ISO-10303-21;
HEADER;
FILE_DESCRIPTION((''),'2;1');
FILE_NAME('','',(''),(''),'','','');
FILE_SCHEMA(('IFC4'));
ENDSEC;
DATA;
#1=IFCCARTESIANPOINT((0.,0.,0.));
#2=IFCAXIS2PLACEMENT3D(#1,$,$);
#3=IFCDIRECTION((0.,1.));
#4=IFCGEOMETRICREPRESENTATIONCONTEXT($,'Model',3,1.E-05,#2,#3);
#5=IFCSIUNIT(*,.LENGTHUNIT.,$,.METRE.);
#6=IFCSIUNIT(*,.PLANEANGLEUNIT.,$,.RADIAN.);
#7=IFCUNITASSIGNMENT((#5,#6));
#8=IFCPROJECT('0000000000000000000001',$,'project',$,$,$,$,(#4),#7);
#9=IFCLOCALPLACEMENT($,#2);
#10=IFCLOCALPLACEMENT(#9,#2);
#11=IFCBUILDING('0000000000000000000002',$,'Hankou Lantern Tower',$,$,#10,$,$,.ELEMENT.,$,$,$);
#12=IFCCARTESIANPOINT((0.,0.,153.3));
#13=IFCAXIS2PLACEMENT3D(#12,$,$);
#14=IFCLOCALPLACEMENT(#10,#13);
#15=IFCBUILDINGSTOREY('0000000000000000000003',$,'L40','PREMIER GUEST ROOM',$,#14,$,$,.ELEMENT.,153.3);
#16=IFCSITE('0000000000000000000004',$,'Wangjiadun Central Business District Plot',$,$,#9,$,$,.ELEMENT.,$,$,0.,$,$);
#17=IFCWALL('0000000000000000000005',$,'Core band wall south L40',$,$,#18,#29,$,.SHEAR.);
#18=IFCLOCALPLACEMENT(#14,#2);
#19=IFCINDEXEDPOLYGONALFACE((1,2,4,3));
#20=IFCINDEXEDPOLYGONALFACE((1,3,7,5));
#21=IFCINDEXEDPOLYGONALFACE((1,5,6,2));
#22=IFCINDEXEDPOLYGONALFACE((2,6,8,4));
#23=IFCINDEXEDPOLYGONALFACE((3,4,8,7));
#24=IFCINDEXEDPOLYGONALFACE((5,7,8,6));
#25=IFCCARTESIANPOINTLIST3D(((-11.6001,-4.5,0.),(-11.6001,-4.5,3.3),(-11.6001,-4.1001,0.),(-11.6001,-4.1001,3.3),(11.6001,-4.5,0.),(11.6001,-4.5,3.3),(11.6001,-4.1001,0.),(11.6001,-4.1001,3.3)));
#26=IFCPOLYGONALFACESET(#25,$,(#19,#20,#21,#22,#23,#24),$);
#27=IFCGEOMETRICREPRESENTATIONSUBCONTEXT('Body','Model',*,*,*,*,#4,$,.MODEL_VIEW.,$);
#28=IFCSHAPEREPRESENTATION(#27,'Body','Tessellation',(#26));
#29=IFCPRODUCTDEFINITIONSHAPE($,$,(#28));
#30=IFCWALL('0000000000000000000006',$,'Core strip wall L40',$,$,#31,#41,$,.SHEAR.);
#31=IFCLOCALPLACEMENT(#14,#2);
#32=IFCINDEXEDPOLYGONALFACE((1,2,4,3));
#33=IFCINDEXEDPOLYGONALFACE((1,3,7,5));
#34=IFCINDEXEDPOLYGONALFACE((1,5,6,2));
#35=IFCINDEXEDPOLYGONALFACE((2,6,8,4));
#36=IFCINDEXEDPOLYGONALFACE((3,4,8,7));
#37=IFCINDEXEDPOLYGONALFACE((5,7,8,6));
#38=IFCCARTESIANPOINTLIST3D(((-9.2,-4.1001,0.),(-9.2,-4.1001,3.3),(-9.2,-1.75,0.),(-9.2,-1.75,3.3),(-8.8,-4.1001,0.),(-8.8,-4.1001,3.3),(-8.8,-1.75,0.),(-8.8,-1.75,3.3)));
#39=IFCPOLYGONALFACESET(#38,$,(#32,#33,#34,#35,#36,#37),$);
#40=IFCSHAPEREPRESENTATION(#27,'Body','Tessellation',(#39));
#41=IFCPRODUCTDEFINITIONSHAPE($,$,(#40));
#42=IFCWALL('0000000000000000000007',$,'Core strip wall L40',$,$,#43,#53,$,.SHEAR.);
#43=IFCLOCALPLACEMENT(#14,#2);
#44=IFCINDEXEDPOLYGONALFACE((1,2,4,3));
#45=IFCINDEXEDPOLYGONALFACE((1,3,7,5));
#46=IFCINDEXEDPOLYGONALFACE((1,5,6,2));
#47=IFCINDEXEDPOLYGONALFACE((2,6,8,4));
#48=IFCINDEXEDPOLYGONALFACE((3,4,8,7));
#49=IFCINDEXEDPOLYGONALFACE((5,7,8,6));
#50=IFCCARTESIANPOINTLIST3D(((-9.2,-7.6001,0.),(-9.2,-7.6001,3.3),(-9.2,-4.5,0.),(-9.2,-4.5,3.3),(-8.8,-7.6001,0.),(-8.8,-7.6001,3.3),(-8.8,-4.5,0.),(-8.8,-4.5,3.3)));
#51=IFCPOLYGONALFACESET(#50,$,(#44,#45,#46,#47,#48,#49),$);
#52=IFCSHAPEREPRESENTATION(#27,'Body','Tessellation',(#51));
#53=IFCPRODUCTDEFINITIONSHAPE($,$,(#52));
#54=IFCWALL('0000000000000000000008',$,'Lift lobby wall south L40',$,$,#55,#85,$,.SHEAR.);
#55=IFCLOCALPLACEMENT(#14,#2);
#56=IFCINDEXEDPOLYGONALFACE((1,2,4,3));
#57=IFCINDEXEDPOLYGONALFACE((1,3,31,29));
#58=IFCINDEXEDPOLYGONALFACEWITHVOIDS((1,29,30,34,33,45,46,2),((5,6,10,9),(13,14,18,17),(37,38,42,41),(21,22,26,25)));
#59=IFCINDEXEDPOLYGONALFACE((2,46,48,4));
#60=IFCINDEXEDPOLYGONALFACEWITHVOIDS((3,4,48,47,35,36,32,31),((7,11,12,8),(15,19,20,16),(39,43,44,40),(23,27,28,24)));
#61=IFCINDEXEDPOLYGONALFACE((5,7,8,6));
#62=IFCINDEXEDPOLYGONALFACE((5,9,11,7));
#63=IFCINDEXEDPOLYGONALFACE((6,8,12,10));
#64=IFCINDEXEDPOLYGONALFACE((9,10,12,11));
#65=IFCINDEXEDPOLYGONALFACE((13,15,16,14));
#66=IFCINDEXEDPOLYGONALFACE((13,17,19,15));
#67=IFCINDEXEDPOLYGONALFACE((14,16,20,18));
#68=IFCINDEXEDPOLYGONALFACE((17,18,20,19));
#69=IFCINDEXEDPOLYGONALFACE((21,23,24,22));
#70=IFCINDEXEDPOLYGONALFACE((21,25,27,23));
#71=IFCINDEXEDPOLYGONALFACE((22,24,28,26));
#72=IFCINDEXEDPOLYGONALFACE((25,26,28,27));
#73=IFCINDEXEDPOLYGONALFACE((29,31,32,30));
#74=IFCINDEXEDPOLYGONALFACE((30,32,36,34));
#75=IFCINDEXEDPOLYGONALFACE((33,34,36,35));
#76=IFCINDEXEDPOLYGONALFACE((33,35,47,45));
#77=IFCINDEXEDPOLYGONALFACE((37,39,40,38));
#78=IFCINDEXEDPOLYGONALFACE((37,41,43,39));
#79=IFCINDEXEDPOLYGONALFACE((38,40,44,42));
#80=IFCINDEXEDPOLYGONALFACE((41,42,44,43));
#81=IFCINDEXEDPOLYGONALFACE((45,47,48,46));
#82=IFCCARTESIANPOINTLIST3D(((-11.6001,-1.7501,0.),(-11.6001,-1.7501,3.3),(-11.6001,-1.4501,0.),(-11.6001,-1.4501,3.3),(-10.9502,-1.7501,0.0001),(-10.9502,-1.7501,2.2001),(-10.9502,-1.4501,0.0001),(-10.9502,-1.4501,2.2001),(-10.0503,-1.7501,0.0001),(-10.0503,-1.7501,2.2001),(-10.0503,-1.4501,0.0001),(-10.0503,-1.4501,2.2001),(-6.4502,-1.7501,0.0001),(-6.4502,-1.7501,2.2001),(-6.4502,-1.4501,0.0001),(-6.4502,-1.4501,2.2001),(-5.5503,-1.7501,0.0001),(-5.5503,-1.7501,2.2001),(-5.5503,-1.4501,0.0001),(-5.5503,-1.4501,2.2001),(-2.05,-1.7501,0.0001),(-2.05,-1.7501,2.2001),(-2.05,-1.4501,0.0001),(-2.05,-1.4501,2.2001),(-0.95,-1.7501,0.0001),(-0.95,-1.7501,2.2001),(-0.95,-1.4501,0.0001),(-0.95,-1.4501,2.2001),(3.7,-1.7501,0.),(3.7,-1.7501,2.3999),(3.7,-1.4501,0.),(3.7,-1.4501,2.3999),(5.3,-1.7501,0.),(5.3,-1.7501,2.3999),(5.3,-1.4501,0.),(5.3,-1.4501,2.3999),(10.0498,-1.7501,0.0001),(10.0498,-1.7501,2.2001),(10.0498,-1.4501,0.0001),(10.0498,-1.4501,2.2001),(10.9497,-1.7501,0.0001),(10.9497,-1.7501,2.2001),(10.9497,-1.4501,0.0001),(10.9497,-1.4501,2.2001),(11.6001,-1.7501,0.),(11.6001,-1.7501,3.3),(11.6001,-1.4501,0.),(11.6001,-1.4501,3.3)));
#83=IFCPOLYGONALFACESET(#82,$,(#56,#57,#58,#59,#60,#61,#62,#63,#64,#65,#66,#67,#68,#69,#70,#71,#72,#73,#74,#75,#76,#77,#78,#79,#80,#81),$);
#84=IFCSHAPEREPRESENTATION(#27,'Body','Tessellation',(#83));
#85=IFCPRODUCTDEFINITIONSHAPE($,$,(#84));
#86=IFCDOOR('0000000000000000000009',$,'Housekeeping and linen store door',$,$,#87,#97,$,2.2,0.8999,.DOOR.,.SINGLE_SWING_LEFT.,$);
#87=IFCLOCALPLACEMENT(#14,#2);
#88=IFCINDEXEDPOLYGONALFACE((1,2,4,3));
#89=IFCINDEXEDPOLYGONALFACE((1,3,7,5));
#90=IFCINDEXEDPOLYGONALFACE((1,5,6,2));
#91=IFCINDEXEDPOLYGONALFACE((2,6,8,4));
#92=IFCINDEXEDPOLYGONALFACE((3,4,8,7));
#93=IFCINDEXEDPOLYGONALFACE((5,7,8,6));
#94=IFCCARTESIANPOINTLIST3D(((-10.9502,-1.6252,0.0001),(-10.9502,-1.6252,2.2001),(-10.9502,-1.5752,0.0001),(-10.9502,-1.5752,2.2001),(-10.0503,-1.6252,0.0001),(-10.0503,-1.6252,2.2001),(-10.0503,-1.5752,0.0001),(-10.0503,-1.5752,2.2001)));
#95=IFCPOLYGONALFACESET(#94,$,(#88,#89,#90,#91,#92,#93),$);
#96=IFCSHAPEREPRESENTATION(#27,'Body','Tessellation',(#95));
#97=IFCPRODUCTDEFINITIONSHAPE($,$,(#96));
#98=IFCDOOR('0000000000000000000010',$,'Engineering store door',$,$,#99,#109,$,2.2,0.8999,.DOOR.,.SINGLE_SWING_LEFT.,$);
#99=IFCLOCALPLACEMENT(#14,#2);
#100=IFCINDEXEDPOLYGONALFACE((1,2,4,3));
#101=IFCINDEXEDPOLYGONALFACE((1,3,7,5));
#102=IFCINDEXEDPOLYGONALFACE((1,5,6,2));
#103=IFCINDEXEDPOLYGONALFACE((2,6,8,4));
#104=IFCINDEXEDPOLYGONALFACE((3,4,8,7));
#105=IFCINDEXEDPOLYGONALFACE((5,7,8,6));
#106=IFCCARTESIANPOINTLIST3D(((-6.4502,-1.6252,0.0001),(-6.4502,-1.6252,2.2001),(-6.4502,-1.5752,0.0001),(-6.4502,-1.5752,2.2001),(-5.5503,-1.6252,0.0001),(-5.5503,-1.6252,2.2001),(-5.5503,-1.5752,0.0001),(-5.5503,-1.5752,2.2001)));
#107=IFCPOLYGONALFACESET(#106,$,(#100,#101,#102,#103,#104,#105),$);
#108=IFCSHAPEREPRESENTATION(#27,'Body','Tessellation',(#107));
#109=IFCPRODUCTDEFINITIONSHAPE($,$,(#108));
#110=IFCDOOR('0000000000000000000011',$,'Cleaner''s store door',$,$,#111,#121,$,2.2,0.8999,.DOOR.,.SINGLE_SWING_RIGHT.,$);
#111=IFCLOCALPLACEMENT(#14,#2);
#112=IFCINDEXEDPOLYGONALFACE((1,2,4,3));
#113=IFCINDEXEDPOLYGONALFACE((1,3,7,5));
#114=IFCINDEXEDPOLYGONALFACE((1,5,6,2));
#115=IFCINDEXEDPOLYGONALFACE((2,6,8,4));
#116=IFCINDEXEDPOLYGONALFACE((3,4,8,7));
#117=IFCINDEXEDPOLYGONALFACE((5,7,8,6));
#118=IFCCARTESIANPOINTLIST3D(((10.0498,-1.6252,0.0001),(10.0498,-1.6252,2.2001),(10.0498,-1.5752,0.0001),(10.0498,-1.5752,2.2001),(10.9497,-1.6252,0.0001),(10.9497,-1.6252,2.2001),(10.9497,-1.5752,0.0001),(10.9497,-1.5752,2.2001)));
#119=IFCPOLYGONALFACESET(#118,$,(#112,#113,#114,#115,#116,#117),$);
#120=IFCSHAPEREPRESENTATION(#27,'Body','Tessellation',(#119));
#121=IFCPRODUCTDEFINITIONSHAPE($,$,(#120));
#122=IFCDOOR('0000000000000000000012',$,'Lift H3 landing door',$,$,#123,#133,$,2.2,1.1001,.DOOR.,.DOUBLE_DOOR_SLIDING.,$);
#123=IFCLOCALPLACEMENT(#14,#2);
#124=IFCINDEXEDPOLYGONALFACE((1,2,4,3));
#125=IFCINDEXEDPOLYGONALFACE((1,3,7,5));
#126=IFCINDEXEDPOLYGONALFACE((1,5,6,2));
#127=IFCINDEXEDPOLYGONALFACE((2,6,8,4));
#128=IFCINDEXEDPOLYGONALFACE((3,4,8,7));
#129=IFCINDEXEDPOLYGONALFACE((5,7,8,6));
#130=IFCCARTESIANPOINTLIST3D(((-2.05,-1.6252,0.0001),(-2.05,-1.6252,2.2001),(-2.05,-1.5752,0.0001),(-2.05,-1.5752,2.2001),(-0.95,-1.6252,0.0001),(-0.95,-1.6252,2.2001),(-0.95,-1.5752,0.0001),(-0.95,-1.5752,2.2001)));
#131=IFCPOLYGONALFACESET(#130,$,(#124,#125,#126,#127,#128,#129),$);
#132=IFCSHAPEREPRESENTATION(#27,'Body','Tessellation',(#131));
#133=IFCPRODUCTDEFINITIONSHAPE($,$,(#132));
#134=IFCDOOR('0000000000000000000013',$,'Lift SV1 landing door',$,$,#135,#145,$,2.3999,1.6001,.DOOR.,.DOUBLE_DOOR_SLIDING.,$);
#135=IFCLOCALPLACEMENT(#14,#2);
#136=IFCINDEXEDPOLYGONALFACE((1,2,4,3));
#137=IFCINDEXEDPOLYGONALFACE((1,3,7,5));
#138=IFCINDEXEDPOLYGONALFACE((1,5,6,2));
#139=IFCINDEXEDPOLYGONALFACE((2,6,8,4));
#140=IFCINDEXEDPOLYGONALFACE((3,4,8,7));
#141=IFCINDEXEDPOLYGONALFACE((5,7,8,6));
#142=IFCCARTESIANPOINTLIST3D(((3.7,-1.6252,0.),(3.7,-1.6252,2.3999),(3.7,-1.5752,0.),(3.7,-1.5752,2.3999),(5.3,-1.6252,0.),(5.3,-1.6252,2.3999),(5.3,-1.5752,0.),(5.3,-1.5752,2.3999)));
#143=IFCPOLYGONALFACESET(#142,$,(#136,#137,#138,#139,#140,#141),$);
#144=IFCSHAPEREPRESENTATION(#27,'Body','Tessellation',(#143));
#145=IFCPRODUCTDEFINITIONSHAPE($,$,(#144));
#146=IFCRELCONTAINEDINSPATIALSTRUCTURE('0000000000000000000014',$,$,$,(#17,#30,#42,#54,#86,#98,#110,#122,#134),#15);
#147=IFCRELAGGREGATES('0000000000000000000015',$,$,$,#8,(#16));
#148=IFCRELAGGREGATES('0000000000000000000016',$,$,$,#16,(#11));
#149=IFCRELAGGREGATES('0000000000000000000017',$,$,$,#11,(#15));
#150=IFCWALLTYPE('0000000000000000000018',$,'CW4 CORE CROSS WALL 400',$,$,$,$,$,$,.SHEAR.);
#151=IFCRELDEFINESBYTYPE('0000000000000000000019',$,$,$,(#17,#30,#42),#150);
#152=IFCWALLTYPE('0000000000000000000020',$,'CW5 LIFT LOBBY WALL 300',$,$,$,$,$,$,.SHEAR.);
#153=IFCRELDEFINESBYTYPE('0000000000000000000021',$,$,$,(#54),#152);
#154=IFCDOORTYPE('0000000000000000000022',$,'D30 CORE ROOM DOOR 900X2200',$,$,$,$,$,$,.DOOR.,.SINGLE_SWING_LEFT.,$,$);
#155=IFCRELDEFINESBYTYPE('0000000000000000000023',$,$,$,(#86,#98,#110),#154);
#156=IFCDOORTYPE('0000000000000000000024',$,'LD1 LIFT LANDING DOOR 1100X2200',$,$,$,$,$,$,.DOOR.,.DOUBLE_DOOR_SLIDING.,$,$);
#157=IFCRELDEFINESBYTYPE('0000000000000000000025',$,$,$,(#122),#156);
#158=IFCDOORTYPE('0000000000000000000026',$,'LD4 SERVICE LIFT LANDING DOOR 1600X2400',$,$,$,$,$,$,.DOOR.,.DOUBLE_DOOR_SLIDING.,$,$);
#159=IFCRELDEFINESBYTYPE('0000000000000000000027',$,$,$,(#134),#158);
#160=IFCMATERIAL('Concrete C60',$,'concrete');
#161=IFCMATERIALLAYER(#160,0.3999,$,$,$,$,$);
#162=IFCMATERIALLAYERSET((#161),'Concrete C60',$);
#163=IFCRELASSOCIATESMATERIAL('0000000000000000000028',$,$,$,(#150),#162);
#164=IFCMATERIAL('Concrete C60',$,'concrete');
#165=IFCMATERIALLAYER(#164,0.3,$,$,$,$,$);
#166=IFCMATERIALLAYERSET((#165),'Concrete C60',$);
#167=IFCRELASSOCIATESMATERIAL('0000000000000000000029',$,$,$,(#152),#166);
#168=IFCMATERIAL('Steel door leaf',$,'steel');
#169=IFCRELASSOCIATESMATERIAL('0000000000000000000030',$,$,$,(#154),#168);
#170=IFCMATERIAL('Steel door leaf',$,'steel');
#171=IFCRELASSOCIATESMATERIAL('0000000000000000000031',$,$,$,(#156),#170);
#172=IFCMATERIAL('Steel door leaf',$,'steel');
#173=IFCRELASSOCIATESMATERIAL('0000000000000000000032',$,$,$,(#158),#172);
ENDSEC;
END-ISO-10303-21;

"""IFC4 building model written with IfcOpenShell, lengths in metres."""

from ifc_helpers import new_model, si_unit, direction, frame, frame_2d, origin, place, context, subcontext, project, spatial, rectangle, extrude, material, layer, layer_set, type_object, element, fill, save


model = new_model("IFC4")

# Units and contexts
model_context = context("Model", 3, precision=1e-05, world=origin(), true_north=direction((0.0, 1.0)))
body_context = subcontext(model_context, "Body", "Model", "MODEL_VIEW")
ifc_project = project(units=[si_unit("LENGTHUNIT", "METRE"), si_unit("PLANEANGLEUNIT", "RADIAN")], contexts=[model_context])

# Site, building, storey
site_placement = place(None, origin())
site = spatial("IfcSite", under=ifc_project, at=site_placement, Name="Wangjiadun Central Business District Plot", CompositionType="ELEMENT", RefElevation=0.0)
building_placement = place(site_placement, origin())
building = spatial("IfcBuilding", under=site, at=building_placement, Name="Hankou Lantern Tower", CompositionType="ELEMENT")
storey_placement = place(building_placement, frame((0.0, 0.0, 153.3)))
storey = spatial("IfcBuildingStorey", under=building, at=storey_placement, Name="L40", Description="PREMIER GUEST ROOM", CompositionType="ELEMENT", Elevation=153.3)

# Walls
ifc_material_1 = material(Name="Concrete C60", Category="concrete")
ifc_layer_1 = layer(ifc_material_1, 0.3999)
ifc_layer_set_1 = layer_set([ifc_layer_1], Name="Concrete C60")
wall_type_1 = type_object("IfcWallType", Name="CW4 CORE CROSS WALL 400", PredefinedType="SHEAR", material=ifc_layer_set_1)
wall_1_placement = place(storey_placement, frame((-11.6001, -4.3, 0.0), z_axis=(0.0, 0.0, 1.0), x_axis=(1.0, 0.0, 0.0)))
element("IfcWall", 1, at=wall_1_placement, inside=storey, type_object=wall_type_1, Name="Core band wall south L40", PredefinedType="SHEAR", context=body_context, shape_type="SweptSolid", body=[
    extrude(rectangle(XDim=23.2002, YDim=0.3999, at=frame_2d((11.6001, 0.0))), origin(), (0.0, 0.0, 1.0), 3.3),
])
wall_2_placement = place(storey_placement, frame((-9.0, -4.1001, 0.0), z_axis=(0.0, 0.0, 1.0), x_axis=(0.0, 1.0, 0.0)))
element("IfcWall", 2, at=wall_2_placement, inside=storey, type_object=wall_type_1, Name="Core strip wall L40", PredefinedType="SHEAR", context=body_context, shape_type="SweptSolid", body=[
    extrude(rectangle(XDim=2.3501, YDim=0.3999, at=frame_2d((1.175, 0.0))), origin(), (0.0, 0.0, 1.0), 3.3),
])
wall_3_placement = place(storey_placement, frame((-9.0, -7.6001, 0.0), z_axis=(0.0, 0.0, 1.0), x_axis=(0.0, 1.0, 0.0)))
element("IfcWall", 3, at=wall_3_placement, inside=storey, type_object=wall_type_1, Name="Core strip wall L40", PredefinedType="SHEAR", context=body_context, shape_type="SweptSolid", body=[
    extrude(rectangle(XDim=3.1001, YDim=0.3999, at=frame_2d((1.55, 0.0))), origin(), (0.0, 0.0, 1.0), 3.3),
])

# Wall, openings, doors
ifc_material_2 = material(Name="Concrete C60", Category="concrete")
ifc_layer_2 = layer(ifc_material_2, 0.3)
ifc_layer_set_2 = layer_set([ifc_layer_2], Name="Concrete C60")
wall_type_2 = type_object("IfcWallType", Name="CW5 LIFT LOBBY WALL 300", PredefinedType="SHEAR", material=ifc_layer_set_2)
wall_4_placement = place(storey_placement, frame((-11.6001, -1.6001, 0.0), z_axis=(0.0, 0.0, 1.0), x_axis=(1.0, 0.0, 0.0)))
wall_4 = element("IfcWall", 4, at=wall_4_placement, inside=storey, type_object=wall_type_2, Name="Lift lobby wall south L40", PredefinedType="SHEAR", context=body_context, shape_type="SweptSolid", body=[
    extrude(rectangle(XDim=23.2002, YDim=0.3, at=frame_2d((11.6001, 0.0))), origin(), (0.0, 0.0, 1.0), 3.3),
])
opening_1_placement = place(wall_4_placement, frame((9.55, 0.0, 0.0)))
opening_1 = element("IfcOpeningElement", 5, at=opening_1_placement, cuts=wall_4, PredefinedType="OPENING", context=body_context, shape_type="SweptSolid", body=[
    extrude(rectangle(XDim=1.1001, YDim=2.2, at=frame_2d((0.55, 1.1001))), frame((0.0, 0.1599, 0.0), z_axis=(0.0, -1.0, 0.0), x_axis=(1.0, 0.0, 0.0)), (0.0, 0.0, 1.0), 0.3201),
])
opening_2_placement = place(wall_4_placement, frame((15.3, 0.0, 0.0)))
opening_2 = element("IfcOpeningElement", 6, at=opening_2_placement, cuts=wall_4, PredefinedType="OPENING", context=body_context, shape_type="SweptSolid", body=[
    extrude(rectangle(XDim=1.6001, YDim=2.3999, at=frame_2d((0.8, 1.2))), frame((0.0, 0.1599, 0.0), z_axis=(0.0, -1.0, 0.0), x_axis=(1.0, 0.0, 0.0)), (0.0, 0.0, 1.0), 0.3201),
])
opening_3_placement = place(wall_4_placement, frame((0.6499, 0.0, 0.0)))
opening_3 = element("IfcOpeningElement", 7, at=opening_3_placement, cuts=wall_4, PredefinedType="OPENING", context=body_context, shape_type="SweptSolid", body=[
    extrude(rectangle(XDim=0.8999, YDim=2.2, at=frame_2d((0.45, 1.1001))), frame((0.0, 0.1599, 0.0), z_axis=(0.0, -1.0, 0.0), x_axis=(1.0, 0.0, 0.0)), (0.0, 0.0, 1.0), 0.3201),
])
opening_4_placement = place(wall_4_placement, frame((5.1499, 0.0, 0.0)))
opening_4 = element("IfcOpeningElement", 8, at=opening_4_placement, cuts=wall_4, PredefinedType="OPENING", context=body_context, shape_type="SweptSolid", body=[
    extrude(rectangle(XDim=0.8999, YDim=2.2, at=frame_2d((0.45, 1.1001))), frame((0.0, 0.1599, 0.0), z_axis=(0.0, -1.0, 0.0), x_axis=(1.0, 0.0, 0.0)), (0.0, 0.0, 1.0), 0.3201),
])
opening_5_placement = place(wall_4_placement, frame((21.6499, 0.0, 0.0)))
opening_5 = element("IfcOpeningElement", 9, at=opening_5_placement, cuts=wall_4, PredefinedType="OPENING", context=body_context, shape_type="SweptSolid", body=[
    extrude(rectangle(XDim=0.8999, YDim=2.2, at=frame_2d((0.45, 1.1001))), frame((0.0, 0.1599, 0.0), z_axis=(0.0, -1.0, 0.0), x_axis=(1.0, 0.0, 0.0)), (0.0, 0.0, 1.0), 0.3201),
])
ifc_material_3 = material(Name="Steel door leaf", Category="steel")
door_type_1 = type_object("IfcDoorType", Name="D30 CORE ROOM DOOR 900X2200", OperationType="SINGLE_SWING_LEFT", PredefinedType="DOOR", material=ifc_material_3)
door_1_placement = place(opening_3_placement, origin())
door_1 = element("IfcDoor", 10, at=door_1_placement, inside=storey, type_object=door_type_1, Name="Housekeeping and linen store door", OperationType="SINGLE_SWING_LEFT", OverallHeight=2.2, OverallWidth=0.8999, PredefinedType="DOOR", context=body_context, shape_type="SweptSolid", body=[
    extrude(rectangle(XDim=0.8999, YDim=2.2, at=frame_2d((0.45, 1.1001))), frame((0.0, 0.0249, 0.0), z_axis=(0.0, -1.0, 0.0), x_axis=(1.0, 0.0, 0.0)), (0.0, 0.0, 1.0), 0.05),
])
fill(opening_3, door_1)
door_2_placement = place(opening_4_placement, origin())
door_2 = element("IfcDoor", 11, at=door_2_placement, inside=storey, type_object=door_type_1, Name="Engineering store door", OperationType="SINGLE_SWING_LEFT", OverallHeight=2.2, OverallWidth=0.8999, PredefinedType="DOOR", context=body_context, shape_type="SweptSolid", body=[
    extrude(rectangle(XDim=0.8999, YDim=2.2, at=frame_2d((0.45, 1.1001))), frame((0.0, 0.0249, 0.0), z_axis=(0.0, -1.0, 0.0), x_axis=(1.0, 0.0, 0.0)), (0.0, 0.0, 1.0), 0.05),
])
fill(opening_4, door_2)
door_3_placement = place(opening_5_placement, origin())
door_3 = element("IfcDoor", 12, at=door_3_placement, inside=storey, type_object=door_type_1, Name="Cleaner's store door", OperationType="SINGLE_SWING_RIGHT", OverallHeight=2.2, OverallWidth=0.8999, PredefinedType="DOOR", context=body_context, shape_type="SweptSolid", body=[
    extrude(rectangle(XDim=0.8999, YDim=2.2, at=frame_2d((0.45, 1.1001))), frame((0.0, 0.0249, 0.0), z_axis=(0.0, -1.0, 0.0), x_axis=(1.0, 0.0, 0.0)), (0.0, 0.0, 1.0), 0.05),
])
fill(opening_5, door_3)
ifc_material_4 = material(Name="Steel door leaf", Category="steel")
door_type_2 = type_object("IfcDoorType", Name="LD1 LIFT LANDING DOOR 1100X2200", OperationType="DOUBLE_DOOR_SLIDING", PredefinedType="DOOR", material=ifc_material_4)
door_4_placement = place(opening_1_placement, origin())
door_4 = element("IfcDoor", 13, at=door_4_placement, inside=storey, type_object=door_type_2, Name="Lift H3 landing door", OperationType="DOUBLE_DOOR_SLIDING", OverallHeight=2.2, OverallWidth=1.1001, PredefinedType="DOOR", context=body_context, shape_type="SweptSolid", body=[
    extrude(rectangle(XDim=1.1001, YDim=2.2, at=frame_2d((0.55, 1.1001))), frame((0.0, 0.0249, 0.0), z_axis=(0.0, -1.0, 0.0), x_axis=(1.0, 0.0, 0.0)), (0.0, 0.0, 1.0), 0.05),
])
fill(opening_1, door_4)
ifc_material_5 = material(Name="Steel door leaf", Category="steel")
door_type_3 = type_object("IfcDoorType", Name="LD4 SERVICE LIFT LANDING DOOR 1600X2400", OperationType="DOUBLE_DOOR_SLIDING", PredefinedType="DOOR", material=ifc_material_5)
door_5_placement = place(opening_2_placement, origin())
door_5 = element("IfcDoor", 14, at=door_5_placement, inside=storey, type_object=door_type_3, Name="Lift SV1 landing door", OperationType="DOUBLE_DOOR_SLIDING", OverallHeight=2.3999, OverallWidth=1.6001, PredefinedType="DOOR", context=body_context, shape_type="SweptSolid", body=[
    extrude(rectangle(XDim=1.6001, YDim=2.3999, at=frame_2d((0.8, 1.2))), frame((0.0, 0.0249, 0.0), z_axis=(0.0, -1.0, 0.0), x_axis=(1.0, 0.0, 0.0)), (0.0, 0.0, 1.0), 0.05),
])
fill(opening_2, door_5)

save(model, "model.ifc")
